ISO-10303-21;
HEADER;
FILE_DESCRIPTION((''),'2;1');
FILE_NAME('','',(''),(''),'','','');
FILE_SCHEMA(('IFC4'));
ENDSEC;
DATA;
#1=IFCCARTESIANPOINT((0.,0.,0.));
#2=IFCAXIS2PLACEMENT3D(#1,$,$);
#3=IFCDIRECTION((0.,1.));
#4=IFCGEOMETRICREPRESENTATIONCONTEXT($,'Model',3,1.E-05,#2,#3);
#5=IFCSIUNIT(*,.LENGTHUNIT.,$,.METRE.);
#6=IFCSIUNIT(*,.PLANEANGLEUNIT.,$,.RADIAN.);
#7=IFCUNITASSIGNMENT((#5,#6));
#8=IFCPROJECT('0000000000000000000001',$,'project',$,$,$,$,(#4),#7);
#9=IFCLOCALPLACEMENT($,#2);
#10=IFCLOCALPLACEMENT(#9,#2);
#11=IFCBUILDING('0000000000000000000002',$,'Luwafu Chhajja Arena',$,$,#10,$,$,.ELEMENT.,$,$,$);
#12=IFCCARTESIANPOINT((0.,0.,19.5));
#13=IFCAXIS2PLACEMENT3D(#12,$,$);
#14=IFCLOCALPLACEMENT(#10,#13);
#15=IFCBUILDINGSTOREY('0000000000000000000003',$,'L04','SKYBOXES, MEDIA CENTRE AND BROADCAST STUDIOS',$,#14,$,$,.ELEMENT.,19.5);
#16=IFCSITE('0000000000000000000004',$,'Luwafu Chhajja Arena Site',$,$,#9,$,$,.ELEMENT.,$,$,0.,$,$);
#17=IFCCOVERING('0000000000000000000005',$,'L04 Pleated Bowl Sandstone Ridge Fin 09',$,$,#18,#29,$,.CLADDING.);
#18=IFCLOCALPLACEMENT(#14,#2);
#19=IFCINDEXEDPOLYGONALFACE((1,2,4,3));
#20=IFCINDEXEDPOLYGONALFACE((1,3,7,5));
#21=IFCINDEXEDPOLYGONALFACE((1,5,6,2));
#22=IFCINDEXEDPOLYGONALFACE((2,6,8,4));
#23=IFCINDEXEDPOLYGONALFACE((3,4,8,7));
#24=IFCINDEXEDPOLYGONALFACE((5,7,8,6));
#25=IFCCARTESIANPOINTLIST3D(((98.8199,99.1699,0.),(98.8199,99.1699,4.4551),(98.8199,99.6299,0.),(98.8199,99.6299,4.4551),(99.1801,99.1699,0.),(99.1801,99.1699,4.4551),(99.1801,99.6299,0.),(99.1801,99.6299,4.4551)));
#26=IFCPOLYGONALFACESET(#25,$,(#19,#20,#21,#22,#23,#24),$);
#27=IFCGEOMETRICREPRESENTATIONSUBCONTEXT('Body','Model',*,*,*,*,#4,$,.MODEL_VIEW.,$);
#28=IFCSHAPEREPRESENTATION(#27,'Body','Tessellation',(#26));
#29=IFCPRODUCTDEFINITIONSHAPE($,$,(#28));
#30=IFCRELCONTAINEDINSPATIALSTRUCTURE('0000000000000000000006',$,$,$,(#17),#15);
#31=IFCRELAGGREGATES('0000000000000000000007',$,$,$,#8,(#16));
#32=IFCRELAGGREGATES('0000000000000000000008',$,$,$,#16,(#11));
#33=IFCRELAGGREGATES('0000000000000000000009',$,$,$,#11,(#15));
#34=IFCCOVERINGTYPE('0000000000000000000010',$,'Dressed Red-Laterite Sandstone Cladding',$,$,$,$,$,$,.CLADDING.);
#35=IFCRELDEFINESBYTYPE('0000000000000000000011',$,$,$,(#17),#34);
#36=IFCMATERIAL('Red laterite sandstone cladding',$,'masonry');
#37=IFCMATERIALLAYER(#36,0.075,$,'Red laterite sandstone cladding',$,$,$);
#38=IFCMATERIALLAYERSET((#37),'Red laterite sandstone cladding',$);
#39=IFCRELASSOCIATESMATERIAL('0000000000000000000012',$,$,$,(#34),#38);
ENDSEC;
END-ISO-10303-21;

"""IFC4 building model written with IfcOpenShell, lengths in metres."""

from ifc_helpers import new_model, si_unit, direction, frame, origin, origin_2d, place, context, subcontext, project, spatial, rectangle, extrude, material, layer, layer_set, type_object, element, save


model = new_model("IFC4")

# Units and contexts
model_context = context("Model", 3, precision=1e-05, world=origin(), true_north=direction((0.0, 1.0)))
body_context = subcontext(model_context, "Body", "Model", "MODEL_VIEW")
ifc_project = project(units=[si_unit("LENGTHUNIT", "METRE"), si_unit("PLANEANGLEUNIT", "RADIAN")], contexts=[model_context])

# Site, building, storey
site_placement = place(None, origin())
site = spatial("IfcSite", under=ifc_project, at=site_placement, Name="Luwafu Chhajja Arena Site", CompositionType="ELEMENT", RefElevation=0.0)
building_placement = place(site_placement, origin())
building = spatial("IfcBuilding", under=site, at=building_placement, Name="Luwafu Chhajja Arena", CompositionType="ELEMENT")
storey_placement = place(building_placement, frame((0.0, 0.0, 19.5)))
storey = spatial("IfcBuildingStorey", under=building, at=storey_placement, Name="L04", Description="SKYBOXES, MEDIA CENTRE AND BROADCAST STUDIOS", CompositionType="ELEMENT", Elevation=19.5)

# Covering
ifc_material_1 = material(Name="Red laterite sandstone cladding", Category="masonry")
ifc_layer_1 = layer(ifc_material_1, 0.075, Name="Red laterite sandstone cladding")
ifc_layer_set_1 = layer_set([ifc_layer_1], Name="Red laterite sandstone cladding")
covering_type = type_object("IfcCoveringType", Name="Dressed Red-Laterite Sandstone Cladding", PredefinedType="CLADDING", material=ifc_layer_set_1)
for number, where, z_axis, x_axis, name in (
    (1, (99.0, 99.3999, 0.0), (0.0, 0.0, 1.0), (0.0, 1.0, 0.0), "L04 Pleated Bowl Sandstone Ridge Fin 09"),
):
    element("IfcCovering", number, at=place(storey_placement, frame(where, z_axis=z_axis, x_axis=x_axis)), inside=storey, type_object=covering_type, Name=name, PredefinedType="CLADDING", context=body_context, shape_type="SweptSolid", body=[
        extrude(rectangle(XDim=0.46, YDim=0.3601, at=origin_2d()), origin(), (0.0, 0.0, 1.0), 4.4551),
    ])

save(model, "model.ifc")
